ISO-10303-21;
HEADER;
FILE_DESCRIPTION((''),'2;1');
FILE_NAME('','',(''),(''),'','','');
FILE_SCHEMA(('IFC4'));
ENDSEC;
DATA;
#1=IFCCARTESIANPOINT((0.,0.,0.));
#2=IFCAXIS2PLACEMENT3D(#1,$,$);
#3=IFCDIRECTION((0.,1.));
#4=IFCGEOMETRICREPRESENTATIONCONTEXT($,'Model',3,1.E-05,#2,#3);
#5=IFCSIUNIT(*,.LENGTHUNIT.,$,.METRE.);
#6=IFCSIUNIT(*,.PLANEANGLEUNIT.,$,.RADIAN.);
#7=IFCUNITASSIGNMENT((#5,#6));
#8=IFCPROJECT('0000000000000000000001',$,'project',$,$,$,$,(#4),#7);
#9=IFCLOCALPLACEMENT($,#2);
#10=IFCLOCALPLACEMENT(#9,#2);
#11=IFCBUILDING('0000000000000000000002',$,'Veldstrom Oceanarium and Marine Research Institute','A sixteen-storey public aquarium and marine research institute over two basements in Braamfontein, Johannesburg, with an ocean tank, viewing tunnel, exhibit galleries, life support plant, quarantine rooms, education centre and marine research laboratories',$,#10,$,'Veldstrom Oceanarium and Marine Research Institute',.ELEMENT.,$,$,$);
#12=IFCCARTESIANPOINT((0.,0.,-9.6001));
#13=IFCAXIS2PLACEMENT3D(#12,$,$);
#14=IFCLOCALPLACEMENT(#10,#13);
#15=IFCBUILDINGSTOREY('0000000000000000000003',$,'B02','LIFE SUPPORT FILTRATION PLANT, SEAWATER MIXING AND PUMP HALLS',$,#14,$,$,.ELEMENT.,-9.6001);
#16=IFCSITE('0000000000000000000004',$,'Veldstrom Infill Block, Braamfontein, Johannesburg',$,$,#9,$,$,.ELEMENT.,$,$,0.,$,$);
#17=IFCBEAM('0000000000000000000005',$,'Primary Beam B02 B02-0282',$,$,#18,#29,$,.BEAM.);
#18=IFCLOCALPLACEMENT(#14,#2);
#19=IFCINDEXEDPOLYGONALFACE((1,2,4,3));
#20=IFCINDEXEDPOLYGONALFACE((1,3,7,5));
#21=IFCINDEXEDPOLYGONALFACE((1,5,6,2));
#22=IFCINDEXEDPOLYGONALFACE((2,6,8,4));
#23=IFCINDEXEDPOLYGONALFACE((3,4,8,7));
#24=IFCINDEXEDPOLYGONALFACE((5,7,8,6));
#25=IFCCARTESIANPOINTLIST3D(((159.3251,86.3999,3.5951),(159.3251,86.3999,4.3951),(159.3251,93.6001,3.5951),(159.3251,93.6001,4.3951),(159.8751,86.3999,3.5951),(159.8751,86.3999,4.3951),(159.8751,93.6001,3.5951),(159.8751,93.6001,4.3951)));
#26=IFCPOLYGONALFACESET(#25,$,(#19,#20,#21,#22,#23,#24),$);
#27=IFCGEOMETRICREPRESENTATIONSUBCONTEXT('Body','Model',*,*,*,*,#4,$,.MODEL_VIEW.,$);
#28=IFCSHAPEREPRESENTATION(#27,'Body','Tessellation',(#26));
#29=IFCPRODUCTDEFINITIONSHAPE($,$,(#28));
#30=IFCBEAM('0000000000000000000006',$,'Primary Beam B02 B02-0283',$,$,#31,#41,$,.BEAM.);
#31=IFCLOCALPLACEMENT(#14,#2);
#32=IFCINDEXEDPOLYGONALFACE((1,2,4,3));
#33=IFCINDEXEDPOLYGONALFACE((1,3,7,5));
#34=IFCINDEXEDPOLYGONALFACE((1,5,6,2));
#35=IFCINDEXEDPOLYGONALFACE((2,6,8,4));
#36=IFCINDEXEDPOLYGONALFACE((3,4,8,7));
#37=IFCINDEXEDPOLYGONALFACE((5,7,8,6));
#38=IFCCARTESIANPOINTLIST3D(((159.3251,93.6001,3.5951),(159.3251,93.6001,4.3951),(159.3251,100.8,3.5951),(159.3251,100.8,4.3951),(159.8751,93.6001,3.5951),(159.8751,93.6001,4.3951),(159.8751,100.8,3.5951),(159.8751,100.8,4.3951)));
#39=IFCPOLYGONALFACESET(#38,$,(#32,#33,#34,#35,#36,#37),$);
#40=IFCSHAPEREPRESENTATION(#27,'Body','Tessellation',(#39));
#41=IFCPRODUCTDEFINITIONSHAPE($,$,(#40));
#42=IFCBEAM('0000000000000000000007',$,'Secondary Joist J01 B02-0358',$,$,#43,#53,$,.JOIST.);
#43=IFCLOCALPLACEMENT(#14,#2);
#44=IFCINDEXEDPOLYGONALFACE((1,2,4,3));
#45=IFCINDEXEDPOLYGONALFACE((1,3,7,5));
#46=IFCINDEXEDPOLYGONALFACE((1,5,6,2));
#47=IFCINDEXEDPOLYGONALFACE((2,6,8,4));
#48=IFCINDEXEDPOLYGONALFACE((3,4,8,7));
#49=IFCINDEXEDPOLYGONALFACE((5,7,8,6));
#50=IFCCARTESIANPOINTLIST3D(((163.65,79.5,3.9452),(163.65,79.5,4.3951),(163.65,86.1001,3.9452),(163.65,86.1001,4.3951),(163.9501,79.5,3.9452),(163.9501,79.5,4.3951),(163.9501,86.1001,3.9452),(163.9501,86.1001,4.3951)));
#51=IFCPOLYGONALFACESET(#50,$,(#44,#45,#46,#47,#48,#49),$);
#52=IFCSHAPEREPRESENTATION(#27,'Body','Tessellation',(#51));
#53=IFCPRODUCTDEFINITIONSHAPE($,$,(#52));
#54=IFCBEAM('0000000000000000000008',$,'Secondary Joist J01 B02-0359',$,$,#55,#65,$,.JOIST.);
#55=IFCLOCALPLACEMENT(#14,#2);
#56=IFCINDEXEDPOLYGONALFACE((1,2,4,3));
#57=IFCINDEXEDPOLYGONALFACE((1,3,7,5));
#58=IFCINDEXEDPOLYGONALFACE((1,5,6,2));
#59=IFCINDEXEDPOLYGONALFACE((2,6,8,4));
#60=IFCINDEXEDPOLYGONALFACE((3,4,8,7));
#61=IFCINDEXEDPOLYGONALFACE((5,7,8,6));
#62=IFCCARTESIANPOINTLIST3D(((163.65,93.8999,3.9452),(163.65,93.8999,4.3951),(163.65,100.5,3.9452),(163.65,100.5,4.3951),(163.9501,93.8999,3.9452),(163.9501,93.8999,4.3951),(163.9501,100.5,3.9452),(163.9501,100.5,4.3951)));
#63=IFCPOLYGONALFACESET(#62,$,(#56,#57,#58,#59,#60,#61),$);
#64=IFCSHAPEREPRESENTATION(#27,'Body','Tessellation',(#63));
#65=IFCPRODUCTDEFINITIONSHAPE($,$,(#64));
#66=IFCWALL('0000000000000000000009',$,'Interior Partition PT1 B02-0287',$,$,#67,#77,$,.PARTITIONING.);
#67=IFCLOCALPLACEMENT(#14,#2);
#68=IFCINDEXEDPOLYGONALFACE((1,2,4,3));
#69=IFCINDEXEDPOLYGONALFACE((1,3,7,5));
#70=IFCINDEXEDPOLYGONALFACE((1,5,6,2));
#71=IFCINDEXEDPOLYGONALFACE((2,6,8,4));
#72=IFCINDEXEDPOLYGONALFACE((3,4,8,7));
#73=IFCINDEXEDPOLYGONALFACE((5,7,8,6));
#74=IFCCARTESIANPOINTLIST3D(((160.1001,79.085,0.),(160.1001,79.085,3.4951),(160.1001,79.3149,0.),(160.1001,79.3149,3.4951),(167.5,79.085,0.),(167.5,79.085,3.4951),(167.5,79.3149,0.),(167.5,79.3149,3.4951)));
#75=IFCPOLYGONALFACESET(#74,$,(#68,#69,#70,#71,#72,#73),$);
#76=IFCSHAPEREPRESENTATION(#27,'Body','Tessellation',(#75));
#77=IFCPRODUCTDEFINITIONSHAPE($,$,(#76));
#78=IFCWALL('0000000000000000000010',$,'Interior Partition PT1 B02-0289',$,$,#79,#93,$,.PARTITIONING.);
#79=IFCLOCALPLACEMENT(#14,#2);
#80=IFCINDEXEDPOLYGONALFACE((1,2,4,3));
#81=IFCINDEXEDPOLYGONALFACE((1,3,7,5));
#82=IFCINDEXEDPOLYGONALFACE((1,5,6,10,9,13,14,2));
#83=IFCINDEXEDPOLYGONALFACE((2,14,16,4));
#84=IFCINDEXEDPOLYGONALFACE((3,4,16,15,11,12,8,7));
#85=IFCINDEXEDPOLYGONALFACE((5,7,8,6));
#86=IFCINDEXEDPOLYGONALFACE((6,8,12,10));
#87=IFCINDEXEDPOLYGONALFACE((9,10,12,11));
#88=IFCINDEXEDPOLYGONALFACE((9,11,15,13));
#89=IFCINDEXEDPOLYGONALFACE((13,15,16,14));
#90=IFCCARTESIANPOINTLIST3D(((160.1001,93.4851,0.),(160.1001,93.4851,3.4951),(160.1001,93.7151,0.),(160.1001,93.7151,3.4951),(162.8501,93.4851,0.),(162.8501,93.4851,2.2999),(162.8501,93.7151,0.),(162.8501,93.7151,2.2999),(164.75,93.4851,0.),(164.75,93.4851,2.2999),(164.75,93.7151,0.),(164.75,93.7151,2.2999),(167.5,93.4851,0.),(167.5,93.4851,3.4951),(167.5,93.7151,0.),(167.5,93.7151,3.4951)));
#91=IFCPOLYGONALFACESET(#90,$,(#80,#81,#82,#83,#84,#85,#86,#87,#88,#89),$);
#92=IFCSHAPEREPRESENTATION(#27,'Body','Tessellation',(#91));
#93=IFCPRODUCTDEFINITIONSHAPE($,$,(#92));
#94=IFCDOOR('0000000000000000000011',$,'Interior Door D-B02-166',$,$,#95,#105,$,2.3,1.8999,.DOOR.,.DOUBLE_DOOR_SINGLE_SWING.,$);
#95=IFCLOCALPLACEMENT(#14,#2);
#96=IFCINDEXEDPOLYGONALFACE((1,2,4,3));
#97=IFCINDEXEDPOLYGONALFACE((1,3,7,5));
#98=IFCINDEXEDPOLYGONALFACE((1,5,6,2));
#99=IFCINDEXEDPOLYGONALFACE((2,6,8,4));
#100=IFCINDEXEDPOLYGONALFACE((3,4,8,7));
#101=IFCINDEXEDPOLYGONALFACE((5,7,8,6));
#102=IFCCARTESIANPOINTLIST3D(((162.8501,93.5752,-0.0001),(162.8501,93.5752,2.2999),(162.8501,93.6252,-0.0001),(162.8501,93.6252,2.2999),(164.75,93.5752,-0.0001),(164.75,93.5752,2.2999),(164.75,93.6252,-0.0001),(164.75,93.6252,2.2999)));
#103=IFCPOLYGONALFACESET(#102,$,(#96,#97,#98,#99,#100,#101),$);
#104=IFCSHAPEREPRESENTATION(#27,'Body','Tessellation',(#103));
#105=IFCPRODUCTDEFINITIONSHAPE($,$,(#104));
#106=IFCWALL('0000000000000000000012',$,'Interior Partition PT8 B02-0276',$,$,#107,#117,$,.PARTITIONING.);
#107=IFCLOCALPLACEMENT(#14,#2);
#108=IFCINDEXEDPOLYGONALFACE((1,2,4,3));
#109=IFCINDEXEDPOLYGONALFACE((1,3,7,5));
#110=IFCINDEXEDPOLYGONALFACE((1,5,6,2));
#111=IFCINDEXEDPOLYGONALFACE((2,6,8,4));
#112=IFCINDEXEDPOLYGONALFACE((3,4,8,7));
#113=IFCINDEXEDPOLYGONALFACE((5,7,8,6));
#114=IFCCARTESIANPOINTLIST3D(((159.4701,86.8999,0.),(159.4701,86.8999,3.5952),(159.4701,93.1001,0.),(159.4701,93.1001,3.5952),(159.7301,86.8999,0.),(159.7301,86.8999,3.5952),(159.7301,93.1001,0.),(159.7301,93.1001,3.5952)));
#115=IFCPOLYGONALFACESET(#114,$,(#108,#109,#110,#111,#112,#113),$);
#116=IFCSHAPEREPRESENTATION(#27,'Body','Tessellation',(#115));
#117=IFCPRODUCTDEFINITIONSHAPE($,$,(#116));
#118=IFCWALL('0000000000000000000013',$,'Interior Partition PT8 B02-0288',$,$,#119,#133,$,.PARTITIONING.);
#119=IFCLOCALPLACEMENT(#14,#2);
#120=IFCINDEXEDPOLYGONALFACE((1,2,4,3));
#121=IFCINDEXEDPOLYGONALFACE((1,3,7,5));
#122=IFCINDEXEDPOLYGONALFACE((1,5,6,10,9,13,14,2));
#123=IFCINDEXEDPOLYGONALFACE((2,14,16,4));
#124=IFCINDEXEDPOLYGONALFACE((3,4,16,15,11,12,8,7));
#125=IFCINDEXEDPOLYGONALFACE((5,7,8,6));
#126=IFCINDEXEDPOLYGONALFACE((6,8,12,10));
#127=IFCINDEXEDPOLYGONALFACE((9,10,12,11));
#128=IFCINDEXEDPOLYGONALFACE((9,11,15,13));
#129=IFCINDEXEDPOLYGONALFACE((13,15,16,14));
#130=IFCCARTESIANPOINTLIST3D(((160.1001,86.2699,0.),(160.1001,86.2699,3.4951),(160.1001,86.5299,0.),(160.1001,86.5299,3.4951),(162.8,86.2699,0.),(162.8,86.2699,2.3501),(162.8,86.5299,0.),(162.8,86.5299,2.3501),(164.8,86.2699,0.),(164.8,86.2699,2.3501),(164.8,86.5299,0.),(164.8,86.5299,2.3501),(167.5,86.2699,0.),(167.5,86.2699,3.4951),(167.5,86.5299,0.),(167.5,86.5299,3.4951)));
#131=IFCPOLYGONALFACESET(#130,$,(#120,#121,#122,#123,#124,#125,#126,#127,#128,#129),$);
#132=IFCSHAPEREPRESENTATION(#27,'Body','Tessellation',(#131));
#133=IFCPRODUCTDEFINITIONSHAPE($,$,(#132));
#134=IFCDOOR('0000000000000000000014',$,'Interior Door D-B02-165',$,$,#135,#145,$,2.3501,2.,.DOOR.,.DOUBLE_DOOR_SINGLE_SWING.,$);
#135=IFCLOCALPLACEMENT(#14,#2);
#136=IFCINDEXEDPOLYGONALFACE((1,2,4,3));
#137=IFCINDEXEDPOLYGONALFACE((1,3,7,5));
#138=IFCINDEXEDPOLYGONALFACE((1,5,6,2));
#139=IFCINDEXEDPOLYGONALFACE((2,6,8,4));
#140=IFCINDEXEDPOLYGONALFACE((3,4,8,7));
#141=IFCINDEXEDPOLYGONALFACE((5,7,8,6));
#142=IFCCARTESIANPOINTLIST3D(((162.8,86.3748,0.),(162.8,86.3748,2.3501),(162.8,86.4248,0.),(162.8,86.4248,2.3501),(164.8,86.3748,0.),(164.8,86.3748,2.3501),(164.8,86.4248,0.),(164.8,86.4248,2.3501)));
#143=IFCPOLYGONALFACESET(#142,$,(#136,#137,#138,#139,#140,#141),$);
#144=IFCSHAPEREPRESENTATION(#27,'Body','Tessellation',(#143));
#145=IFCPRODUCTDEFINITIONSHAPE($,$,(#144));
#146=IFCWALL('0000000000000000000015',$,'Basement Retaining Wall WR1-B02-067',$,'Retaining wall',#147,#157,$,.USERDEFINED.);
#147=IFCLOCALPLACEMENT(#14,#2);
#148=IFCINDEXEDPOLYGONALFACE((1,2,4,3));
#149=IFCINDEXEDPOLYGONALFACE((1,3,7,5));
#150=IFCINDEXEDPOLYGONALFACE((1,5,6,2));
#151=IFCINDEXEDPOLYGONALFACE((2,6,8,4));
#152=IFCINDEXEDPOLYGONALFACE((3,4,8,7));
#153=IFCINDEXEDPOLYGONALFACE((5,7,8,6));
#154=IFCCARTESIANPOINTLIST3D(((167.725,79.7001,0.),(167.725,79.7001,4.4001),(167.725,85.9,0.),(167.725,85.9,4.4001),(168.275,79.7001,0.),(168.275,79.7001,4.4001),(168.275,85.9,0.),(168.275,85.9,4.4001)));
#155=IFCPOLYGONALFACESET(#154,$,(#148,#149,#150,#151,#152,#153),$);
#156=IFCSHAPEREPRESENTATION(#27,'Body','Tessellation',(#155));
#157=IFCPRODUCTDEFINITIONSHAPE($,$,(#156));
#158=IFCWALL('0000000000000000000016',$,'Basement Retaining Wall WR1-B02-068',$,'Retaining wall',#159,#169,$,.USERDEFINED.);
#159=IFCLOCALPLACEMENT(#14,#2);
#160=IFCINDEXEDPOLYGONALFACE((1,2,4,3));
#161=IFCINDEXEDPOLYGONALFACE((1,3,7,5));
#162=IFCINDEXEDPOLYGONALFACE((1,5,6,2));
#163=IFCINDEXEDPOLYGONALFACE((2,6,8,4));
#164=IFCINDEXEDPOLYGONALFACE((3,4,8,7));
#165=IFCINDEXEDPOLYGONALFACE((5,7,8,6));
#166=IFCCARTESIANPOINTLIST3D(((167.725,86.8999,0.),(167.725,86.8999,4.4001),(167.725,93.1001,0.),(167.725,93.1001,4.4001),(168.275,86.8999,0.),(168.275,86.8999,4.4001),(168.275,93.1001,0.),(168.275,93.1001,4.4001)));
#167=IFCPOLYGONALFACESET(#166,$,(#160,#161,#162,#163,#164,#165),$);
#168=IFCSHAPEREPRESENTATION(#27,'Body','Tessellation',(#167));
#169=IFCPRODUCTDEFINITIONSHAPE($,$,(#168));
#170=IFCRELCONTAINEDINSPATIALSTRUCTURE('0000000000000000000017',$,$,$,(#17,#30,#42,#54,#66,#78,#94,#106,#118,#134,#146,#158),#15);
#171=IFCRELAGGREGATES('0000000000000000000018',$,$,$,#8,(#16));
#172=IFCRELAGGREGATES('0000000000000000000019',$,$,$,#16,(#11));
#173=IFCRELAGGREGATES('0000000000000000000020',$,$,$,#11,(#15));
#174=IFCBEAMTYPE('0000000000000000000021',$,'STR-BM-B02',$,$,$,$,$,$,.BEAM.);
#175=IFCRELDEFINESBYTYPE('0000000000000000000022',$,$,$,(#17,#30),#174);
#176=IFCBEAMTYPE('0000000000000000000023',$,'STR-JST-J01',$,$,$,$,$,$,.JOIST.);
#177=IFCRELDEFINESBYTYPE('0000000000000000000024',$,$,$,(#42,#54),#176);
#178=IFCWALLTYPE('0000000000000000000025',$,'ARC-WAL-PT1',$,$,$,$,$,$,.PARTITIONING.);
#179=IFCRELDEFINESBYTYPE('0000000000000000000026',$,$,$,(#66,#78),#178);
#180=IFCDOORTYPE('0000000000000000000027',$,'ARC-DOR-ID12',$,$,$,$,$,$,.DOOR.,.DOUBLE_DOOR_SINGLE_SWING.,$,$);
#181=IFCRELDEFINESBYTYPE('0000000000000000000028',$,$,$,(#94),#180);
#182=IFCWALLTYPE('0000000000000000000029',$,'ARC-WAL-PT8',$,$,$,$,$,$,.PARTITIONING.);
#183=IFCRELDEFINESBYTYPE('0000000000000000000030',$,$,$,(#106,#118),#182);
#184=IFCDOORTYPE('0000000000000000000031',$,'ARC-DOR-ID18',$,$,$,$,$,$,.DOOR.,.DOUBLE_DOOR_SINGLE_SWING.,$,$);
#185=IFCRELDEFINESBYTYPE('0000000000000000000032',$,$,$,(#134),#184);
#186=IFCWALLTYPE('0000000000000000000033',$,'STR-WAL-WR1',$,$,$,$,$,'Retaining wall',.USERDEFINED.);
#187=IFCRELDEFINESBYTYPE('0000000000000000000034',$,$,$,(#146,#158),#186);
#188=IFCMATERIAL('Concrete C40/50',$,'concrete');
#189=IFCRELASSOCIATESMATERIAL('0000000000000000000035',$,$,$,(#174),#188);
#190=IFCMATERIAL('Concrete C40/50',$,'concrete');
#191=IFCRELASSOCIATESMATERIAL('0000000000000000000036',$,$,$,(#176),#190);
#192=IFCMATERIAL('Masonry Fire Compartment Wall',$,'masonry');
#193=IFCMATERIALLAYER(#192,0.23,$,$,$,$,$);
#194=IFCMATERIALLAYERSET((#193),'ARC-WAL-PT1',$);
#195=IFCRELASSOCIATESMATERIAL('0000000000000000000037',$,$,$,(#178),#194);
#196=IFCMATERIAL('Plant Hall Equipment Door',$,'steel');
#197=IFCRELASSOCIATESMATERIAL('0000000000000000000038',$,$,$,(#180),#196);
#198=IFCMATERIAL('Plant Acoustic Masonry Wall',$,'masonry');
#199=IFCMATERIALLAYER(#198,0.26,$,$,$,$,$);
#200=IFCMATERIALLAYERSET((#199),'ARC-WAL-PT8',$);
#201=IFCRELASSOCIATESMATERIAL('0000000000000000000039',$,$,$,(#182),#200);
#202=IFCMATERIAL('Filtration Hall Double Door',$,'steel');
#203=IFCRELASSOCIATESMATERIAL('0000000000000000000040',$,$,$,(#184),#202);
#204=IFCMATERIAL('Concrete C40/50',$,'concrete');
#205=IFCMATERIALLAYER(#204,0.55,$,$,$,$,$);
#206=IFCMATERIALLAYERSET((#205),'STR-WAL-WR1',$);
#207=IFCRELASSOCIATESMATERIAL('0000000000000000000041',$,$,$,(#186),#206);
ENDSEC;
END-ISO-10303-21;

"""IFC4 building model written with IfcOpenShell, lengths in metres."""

from ifc_helpers import new_model, si_unit, direction, frame, frame_2d, origin, origin_2d, place, context, subcontext, project, spatial, rectangle, extrude, material, layer, layer_set, material_profile, profile_set, type_object, element, fill, save


model = new_model("IFC4")

# Units and contexts
model_context = context("Model", 3, precision=1e-05, world=origin(), true_north=direction((0.0, 1.0)))
body_context = subcontext(model_context, "Body", "Model", "MODEL_VIEW")
ifc_project = project(units=[si_unit("LENGTHUNIT", "METRE"), si_unit("PLANEANGLEUNIT", "RADIAN")], contexts=[model_context])

# Site, building, storey
site_placement = place(None, origin())
site = spatial("IfcSite", under=ifc_project, at=site_placement, Name="Veldstrom Infill Block, Braamfontein, Johannesburg", CompositionType="ELEMENT", RefElevation=0.0)
building_placement = place(site_placement, origin())
building = spatial("IfcBuilding", under=site, at=building_placement, Name="Veldstrom Oceanarium and Marine Research Institute", Description="A sixteen-storey public aquarium and marine research institute over two basements in Braamfontein, Johannesburg, with an ocean tank, viewing tunnel, exhibit galleries, life support plant, quarantine rooms, education centre and marine research laboratories", LongName="Veldstrom Oceanarium and Marine Research Institute", CompositionType="ELEMENT")
storey_placement = place(building_placement, frame((0.0, 0.0, -9.6001)))
storey = spatial("IfcBuildingStorey", under=building, at=storey_placement, Name="B02", Description="LIFE SUPPORT FILTRATION PLANT, SEAWATER MIXING AND PUMP HALLS", CompositionType="ELEMENT", Elevation=-9.6001)

# Beams
ifc_material_1 = material(Name="Concrete C40/50", Category="concrete")
ifc_material_profile_1 = material_profile(ifc_material_1, rectangle(XDim=0.55, YDim=0.8, at=origin_2d()), Name="RC-BM-550x800")
ifc_profile_set_1 = profile_set([ifc_material_profile_1], Name="Concrete C40/50")
beam_type_1 = type_object("IfcBeamType", Name="STR-BM-B02", PredefinedType="BEAM", material=ifc_profile_set_1)
beam_1_placement = place(storey_placement, frame((159.6001, 86.3999, 3.9951), z_axis=(0.0, 1.0, 0.0), x_axis=(-1.0, 0.0, 0.0)))
element("IfcBeam", 1, at=beam_1_placement, inside=storey, type_object=beam_type_1, Name="Primary Beam B02 B02-0282", PredefinedType="BEAM", context=body_context, shape_type="SweptSolid", body=[
    extrude(rectangle(XDim=0.55, YDim=0.8, at=origin_2d()), origin(), (0.0, 0.0, 1.0), 7.2002),
])
beam_2_placement = place(storey_placement, frame((159.6001, 93.6001, 3.9951), z_axis=(0.0, 1.0, 0.0), x_axis=(-1.0, 0.0, 0.0)))
element("IfcBeam", 2, at=beam_2_placement, inside=storey, type_object=beam_type_1, Name="Primary Beam B02 B02-0283", PredefinedType="BEAM", context=body_context, shape_type="SweptSolid", body=[
    extrude(rectangle(XDim=0.55, YDim=0.8, at=origin_2d()), origin(), (0.0, 0.0, 1.0), 7.2),
])
ifc_material_2 = material(Name="Concrete C40/50", Category="concrete")
ifc_material_profile_2 = material_profile(ifc_material_2, rectangle(XDim=0.3, YDim=0.45, at=origin_2d()), Name="RC-JST-300x450")
ifc_profile_set_2 = profile_set([ifc_material_profile_2], Name="Concrete C40/50")
beam_type_2 = type_object("IfcBeamType", Name="STR-JST-J01", PredefinedType="JOIST", material=ifc_profile_set_2)
for number, where, z_axis, x_axis, name in (
    (3, (163.8, 79.5, 4.1702), (0.0, 1.0, 0.0), (-1.0, 0.0, 0.0), "Secondary Joist J01 B02-0358"),
    (4, (163.8, 93.8999, 4.1702), (0.0, 1.0, 0.0), (-1.0, 0.0, 0.0), "Secondary Joist J01 B02-0359"),
):
    element("IfcBeam", number, at=place(storey_placement, frame(where, z_axis=z_axis, x_axis=x_axis)), inside=storey, type_object=beam_type_2, Name=name, PredefinedType="JOIST", context=body_context, shape_type="SweptSolid", body=[
        extrude(rectangle(XDim=0.3, YDim=0.45, at=origin_2d()), origin(), (0.0, 0.0, 1.0), 6.6001),
    ])

# Wall
ifc_material_3 = material(Name="Masonry Fire Compartment Wall", Category="masonry")
ifc_layer_1 = layer(ifc_material_3, 0.23)
ifc_layer_set_1 = layer_set([ifc_layer_1], Name="ARC-WAL-PT1")
wall_type_1 = type_object("IfcWallType", Name="ARC-WAL-PT1", PredefinedType="PARTITIONING", material=ifc_layer_set_1)
wall_1_placement = place(storey_placement, frame((160.1001, 79.2, 0.0), z_axis=(0.0, 0.0, 1.0), x_axis=(1.0, 0.0, 0.0)))
element("IfcWall", 5, at=wall_1_placement, inside=storey, type_object=wall_type_1, Name="Interior Partition PT1 B02-0287", PredefinedType="PARTITIONING", context=body_context, shape_type="SweptSolid", body=[
    extrude(rectangle(XDim=7.3999, YDim=0.23, at=frame_2d((3.7, 0.0))), origin(), (0.0, 0.0, 1.0), 3.4951),
])

# Wall, opening, door
wall_2_placement = place(storey_placement, frame((160.1001, 93.6001, 0.0), z_axis=(0.0, 0.0, 1.0), x_axis=(1.0, 0.0, 0.0)))
wall_2 = element("IfcWall", 6, at=wall_2_placement, inside=storey, type_object=wall_type_1, Name="Interior Partition PT1 B02-0289", PredefinedType="PARTITIONING", context=body_context, shape_type="SweptSolid", body=[
    extrude(rectangle(XDim=7.3999, YDim=0.23, at=frame_2d((3.7, 0.0))), origin(), (0.0, 0.0, 1.0), 3.4951),
])
opening_1_placement = place(wall_2_placement, frame((2.75, 0.0, 0.0)))
opening_1 = element("IfcOpeningElement", 7, at=opening_1_placement, cuts=wall_2, PredefinedType="OPENING", context=body_context, shape_type="SweptSolid", body=[
    extrude(rectangle(XDim=1.8999, YDim=2.3, at=frame_2d((0.95, 1.1499))), frame((0.0, 0.125, 0.0), z_axis=(0.0, -1.0, 0.0), x_axis=(1.0, 0.0, 0.0)), (0.0, 0.0, 1.0), 0.25),
])
ifc_material_4 = material(Name="Plant Hall Equipment Door", Category="steel")
door_type_1 = type_object("IfcDoorType", Name="ARC-DOR-ID12", OperationType="DOUBLE_DOOR_SINGLE_SWING", PredefinedType="DOOR", material=ifc_material_4)
door_1_placement = place(opening_1_placement, frame((1.8999, 0.0, 0.0), z_axis=(0.0, 0.0, 1.0), x_axis=(-1.0, 0.0, 0.0)))
door_1 = element("IfcDoor", 8, at=door_1_placement, inside=storey, type_object=door_type_1, Name="Interior Door D-B02-166", OperationType="DOUBLE_DOOR_SINGLE_SWING", OverallHeight=2.3, OverallWidth=1.8999, PredefinedType="DOOR", context=body_context, shape_type="SweptSolid", body=[
    extrude(rectangle(XDim=1.8999, YDim=2.3, at=frame_2d((0.95, 1.1499))), frame((0.0, 0.0249, 0.0), z_axis=(0.0, -1.0, 0.0), x_axis=(1.0, 0.0, 0.0)), (0.0, 0.0, 1.0), 0.05),
])
fill(opening_1, door_1)

# Wall
ifc_material_5 = material(Name="Plant Acoustic Masonry Wall", Category="masonry")
ifc_layer_2 = layer(ifc_material_5, 0.26)
ifc_layer_set_2 = layer_set([ifc_layer_2], Name="ARC-WAL-PT8")
wall_type_2 = type_object("IfcWallType", Name="ARC-WAL-PT8", PredefinedType="PARTITIONING", material=ifc_layer_set_2)
wall_3_placement = place(storey_placement, frame((159.6001, 86.8999, 0.0), z_axis=(0.0, 0.0, 1.0), x_axis=(0.0, 1.0, 0.0)))
element("IfcWall", 9, at=wall_3_placement, inside=storey, type_object=wall_type_2, Name="Interior Partition PT8 B02-0276", PredefinedType="PARTITIONING", context=body_context, shape_type="SweptSolid", body=[
    extrude(rectangle(XDim=6.2002, YDim=0.26, at=frame_2d((3.1001, 0.0))), origin(), (0.0, 0.0, 1.0), 3.5952),
])

# Wall, opening, door
wall_4_placement = place(storey_placement, frame((160.1001, 86.3999, 0.0), z_axis=(0.0, 0.0, 1.0), x_axis=(1.0, 0.0, 0.0)))
wall_4 = element("IfcWall", 10, at=wall_4_placement, inside=storey, type_object=wall_type_2, Name="Interior Partition PT8 B02-0288", PredefinedType="PARTITIONING", context=body_context, shape_type="SweptSolid", body=[
    extrude(rectangle(XDim=7.3999, YDim=0.26, at=frame_2d((3.7, 0.0))), origin(), (0.0, 0.0, 1.0), 3.4951),
])
opening_2_placement = place(wall_4_placement, frame((2.7, 0.0, 0.0)))
opening_2 = element("IfcOpeningElement", 11, at=opening_2_placement, cuts=wall_4, PredefinedType="OPENING", context=body_context, shape_type="SweptSolid", body=[
    extrude(rectangle(XDim=2.0, YDim=2.3501, at=frame_2d((1.0, 1.175))), frame((0.0, 0.1399, 0.0), z_axis=(0.0, -1.0, 0.0), x_axis=(1.0, 0.0, 0.0)), (0.0, 0.0, 1.0), 0.28),
])
ifc_material_6 = material(Name="Filtration Hall Double Door", Category="steel")
door_type_2 = type_object("IfcDoorType", Name="ARC-DOR-ID18", OperationType="DOUBLE_DOOR_SINGLE_SWING", PredefinedType="DOOR", material=ifc_material_6)
door_2_placement = place(opening_2_placement, origin())
door_2 = element("IfcDoor", 12, at=door_2_placement, inside=storey, type_object=door_type_2, Name="Interior Door D-B02-165", OperationType="DOUBLE_DOOR_SINGLE_SWING", OverallHeight=2.3501, OverallWidth=2.0, PredefinedType="DOOR", context=body_context, shape_type="SweptSolid", body=[
    extrude(rectangle(XDim=2.0, YDim=2.3501, at=frame_2d((1.0, 1.175))), frame((0.0, 0.0249, 0.0), z_axis=(0.0, -1.0, 0.0), x_axis=(1.0, 0.0, 0.0)), (0.0, 0.0, 1.0), 0.05),
])
fill(opening_2, door_2)

# Walls
ifc_material_7 = material(Name="Concrete C40/50", Category="concrete")
ifc_layer_3 = layer(ifc_material_7, 0.55)
ifc_layer_set_3 = layer_set([ifc_layer_3], Name="STR-WAL-WR1")
wall_type_3 = type_object("IfcWallType", Name="STR-WAL-WR1", ElementType="Retaining wall", PredefinedType="USERDEFINED", material=ifc_layer_set_3)
wall_5_placement = place(storey_placement, frame((168.0, 79.7, 0.0), z_axis=(0.0, 0.0, 1.0), x_axis=(0.0, 1.0, 0.0)))
element("IfcWall", 13, at=wall_5_placement, inside=storey, type_object=wall_type_3, Name="Basement Retaining Wall WR1-B02-067", ObjectType="Retaining wall", PredefinedType="USERDEFINED", context=body_context, shape_type="SweptSolid", body=[
    extrude(rectangle(XDim=6.2, YDim=0.55, at=frame_2d((3.1001, 0.0))), origin(), (0.0, 0.0, 1.0), 4.4001),
])
wall_6_placement = place(storey_placement, frame((168.0, 86.8999, 0.0), z_axis=(0.0, 0.0, 1.0), x_axis=(0.0, 1.0, 0.0)))
element("IfcWall", 14, at=wall_6_placement, inside=storey, type_object=wall_type_3, Name="Basement Retaining Wall WR1-B02-068", ObjectType="Retaining wall", PredefinedType="USERDEFINED", context=body_context, shape_type="SweptSolid", body=[
    extrude(rectangle(XDim=6.2002, YDim=0.55, at=frame_2d((3.1001, 0.0))), origin(), (0.0, 0.0, 1.0), 4.4001),
])

save(model, "model.ifc")
